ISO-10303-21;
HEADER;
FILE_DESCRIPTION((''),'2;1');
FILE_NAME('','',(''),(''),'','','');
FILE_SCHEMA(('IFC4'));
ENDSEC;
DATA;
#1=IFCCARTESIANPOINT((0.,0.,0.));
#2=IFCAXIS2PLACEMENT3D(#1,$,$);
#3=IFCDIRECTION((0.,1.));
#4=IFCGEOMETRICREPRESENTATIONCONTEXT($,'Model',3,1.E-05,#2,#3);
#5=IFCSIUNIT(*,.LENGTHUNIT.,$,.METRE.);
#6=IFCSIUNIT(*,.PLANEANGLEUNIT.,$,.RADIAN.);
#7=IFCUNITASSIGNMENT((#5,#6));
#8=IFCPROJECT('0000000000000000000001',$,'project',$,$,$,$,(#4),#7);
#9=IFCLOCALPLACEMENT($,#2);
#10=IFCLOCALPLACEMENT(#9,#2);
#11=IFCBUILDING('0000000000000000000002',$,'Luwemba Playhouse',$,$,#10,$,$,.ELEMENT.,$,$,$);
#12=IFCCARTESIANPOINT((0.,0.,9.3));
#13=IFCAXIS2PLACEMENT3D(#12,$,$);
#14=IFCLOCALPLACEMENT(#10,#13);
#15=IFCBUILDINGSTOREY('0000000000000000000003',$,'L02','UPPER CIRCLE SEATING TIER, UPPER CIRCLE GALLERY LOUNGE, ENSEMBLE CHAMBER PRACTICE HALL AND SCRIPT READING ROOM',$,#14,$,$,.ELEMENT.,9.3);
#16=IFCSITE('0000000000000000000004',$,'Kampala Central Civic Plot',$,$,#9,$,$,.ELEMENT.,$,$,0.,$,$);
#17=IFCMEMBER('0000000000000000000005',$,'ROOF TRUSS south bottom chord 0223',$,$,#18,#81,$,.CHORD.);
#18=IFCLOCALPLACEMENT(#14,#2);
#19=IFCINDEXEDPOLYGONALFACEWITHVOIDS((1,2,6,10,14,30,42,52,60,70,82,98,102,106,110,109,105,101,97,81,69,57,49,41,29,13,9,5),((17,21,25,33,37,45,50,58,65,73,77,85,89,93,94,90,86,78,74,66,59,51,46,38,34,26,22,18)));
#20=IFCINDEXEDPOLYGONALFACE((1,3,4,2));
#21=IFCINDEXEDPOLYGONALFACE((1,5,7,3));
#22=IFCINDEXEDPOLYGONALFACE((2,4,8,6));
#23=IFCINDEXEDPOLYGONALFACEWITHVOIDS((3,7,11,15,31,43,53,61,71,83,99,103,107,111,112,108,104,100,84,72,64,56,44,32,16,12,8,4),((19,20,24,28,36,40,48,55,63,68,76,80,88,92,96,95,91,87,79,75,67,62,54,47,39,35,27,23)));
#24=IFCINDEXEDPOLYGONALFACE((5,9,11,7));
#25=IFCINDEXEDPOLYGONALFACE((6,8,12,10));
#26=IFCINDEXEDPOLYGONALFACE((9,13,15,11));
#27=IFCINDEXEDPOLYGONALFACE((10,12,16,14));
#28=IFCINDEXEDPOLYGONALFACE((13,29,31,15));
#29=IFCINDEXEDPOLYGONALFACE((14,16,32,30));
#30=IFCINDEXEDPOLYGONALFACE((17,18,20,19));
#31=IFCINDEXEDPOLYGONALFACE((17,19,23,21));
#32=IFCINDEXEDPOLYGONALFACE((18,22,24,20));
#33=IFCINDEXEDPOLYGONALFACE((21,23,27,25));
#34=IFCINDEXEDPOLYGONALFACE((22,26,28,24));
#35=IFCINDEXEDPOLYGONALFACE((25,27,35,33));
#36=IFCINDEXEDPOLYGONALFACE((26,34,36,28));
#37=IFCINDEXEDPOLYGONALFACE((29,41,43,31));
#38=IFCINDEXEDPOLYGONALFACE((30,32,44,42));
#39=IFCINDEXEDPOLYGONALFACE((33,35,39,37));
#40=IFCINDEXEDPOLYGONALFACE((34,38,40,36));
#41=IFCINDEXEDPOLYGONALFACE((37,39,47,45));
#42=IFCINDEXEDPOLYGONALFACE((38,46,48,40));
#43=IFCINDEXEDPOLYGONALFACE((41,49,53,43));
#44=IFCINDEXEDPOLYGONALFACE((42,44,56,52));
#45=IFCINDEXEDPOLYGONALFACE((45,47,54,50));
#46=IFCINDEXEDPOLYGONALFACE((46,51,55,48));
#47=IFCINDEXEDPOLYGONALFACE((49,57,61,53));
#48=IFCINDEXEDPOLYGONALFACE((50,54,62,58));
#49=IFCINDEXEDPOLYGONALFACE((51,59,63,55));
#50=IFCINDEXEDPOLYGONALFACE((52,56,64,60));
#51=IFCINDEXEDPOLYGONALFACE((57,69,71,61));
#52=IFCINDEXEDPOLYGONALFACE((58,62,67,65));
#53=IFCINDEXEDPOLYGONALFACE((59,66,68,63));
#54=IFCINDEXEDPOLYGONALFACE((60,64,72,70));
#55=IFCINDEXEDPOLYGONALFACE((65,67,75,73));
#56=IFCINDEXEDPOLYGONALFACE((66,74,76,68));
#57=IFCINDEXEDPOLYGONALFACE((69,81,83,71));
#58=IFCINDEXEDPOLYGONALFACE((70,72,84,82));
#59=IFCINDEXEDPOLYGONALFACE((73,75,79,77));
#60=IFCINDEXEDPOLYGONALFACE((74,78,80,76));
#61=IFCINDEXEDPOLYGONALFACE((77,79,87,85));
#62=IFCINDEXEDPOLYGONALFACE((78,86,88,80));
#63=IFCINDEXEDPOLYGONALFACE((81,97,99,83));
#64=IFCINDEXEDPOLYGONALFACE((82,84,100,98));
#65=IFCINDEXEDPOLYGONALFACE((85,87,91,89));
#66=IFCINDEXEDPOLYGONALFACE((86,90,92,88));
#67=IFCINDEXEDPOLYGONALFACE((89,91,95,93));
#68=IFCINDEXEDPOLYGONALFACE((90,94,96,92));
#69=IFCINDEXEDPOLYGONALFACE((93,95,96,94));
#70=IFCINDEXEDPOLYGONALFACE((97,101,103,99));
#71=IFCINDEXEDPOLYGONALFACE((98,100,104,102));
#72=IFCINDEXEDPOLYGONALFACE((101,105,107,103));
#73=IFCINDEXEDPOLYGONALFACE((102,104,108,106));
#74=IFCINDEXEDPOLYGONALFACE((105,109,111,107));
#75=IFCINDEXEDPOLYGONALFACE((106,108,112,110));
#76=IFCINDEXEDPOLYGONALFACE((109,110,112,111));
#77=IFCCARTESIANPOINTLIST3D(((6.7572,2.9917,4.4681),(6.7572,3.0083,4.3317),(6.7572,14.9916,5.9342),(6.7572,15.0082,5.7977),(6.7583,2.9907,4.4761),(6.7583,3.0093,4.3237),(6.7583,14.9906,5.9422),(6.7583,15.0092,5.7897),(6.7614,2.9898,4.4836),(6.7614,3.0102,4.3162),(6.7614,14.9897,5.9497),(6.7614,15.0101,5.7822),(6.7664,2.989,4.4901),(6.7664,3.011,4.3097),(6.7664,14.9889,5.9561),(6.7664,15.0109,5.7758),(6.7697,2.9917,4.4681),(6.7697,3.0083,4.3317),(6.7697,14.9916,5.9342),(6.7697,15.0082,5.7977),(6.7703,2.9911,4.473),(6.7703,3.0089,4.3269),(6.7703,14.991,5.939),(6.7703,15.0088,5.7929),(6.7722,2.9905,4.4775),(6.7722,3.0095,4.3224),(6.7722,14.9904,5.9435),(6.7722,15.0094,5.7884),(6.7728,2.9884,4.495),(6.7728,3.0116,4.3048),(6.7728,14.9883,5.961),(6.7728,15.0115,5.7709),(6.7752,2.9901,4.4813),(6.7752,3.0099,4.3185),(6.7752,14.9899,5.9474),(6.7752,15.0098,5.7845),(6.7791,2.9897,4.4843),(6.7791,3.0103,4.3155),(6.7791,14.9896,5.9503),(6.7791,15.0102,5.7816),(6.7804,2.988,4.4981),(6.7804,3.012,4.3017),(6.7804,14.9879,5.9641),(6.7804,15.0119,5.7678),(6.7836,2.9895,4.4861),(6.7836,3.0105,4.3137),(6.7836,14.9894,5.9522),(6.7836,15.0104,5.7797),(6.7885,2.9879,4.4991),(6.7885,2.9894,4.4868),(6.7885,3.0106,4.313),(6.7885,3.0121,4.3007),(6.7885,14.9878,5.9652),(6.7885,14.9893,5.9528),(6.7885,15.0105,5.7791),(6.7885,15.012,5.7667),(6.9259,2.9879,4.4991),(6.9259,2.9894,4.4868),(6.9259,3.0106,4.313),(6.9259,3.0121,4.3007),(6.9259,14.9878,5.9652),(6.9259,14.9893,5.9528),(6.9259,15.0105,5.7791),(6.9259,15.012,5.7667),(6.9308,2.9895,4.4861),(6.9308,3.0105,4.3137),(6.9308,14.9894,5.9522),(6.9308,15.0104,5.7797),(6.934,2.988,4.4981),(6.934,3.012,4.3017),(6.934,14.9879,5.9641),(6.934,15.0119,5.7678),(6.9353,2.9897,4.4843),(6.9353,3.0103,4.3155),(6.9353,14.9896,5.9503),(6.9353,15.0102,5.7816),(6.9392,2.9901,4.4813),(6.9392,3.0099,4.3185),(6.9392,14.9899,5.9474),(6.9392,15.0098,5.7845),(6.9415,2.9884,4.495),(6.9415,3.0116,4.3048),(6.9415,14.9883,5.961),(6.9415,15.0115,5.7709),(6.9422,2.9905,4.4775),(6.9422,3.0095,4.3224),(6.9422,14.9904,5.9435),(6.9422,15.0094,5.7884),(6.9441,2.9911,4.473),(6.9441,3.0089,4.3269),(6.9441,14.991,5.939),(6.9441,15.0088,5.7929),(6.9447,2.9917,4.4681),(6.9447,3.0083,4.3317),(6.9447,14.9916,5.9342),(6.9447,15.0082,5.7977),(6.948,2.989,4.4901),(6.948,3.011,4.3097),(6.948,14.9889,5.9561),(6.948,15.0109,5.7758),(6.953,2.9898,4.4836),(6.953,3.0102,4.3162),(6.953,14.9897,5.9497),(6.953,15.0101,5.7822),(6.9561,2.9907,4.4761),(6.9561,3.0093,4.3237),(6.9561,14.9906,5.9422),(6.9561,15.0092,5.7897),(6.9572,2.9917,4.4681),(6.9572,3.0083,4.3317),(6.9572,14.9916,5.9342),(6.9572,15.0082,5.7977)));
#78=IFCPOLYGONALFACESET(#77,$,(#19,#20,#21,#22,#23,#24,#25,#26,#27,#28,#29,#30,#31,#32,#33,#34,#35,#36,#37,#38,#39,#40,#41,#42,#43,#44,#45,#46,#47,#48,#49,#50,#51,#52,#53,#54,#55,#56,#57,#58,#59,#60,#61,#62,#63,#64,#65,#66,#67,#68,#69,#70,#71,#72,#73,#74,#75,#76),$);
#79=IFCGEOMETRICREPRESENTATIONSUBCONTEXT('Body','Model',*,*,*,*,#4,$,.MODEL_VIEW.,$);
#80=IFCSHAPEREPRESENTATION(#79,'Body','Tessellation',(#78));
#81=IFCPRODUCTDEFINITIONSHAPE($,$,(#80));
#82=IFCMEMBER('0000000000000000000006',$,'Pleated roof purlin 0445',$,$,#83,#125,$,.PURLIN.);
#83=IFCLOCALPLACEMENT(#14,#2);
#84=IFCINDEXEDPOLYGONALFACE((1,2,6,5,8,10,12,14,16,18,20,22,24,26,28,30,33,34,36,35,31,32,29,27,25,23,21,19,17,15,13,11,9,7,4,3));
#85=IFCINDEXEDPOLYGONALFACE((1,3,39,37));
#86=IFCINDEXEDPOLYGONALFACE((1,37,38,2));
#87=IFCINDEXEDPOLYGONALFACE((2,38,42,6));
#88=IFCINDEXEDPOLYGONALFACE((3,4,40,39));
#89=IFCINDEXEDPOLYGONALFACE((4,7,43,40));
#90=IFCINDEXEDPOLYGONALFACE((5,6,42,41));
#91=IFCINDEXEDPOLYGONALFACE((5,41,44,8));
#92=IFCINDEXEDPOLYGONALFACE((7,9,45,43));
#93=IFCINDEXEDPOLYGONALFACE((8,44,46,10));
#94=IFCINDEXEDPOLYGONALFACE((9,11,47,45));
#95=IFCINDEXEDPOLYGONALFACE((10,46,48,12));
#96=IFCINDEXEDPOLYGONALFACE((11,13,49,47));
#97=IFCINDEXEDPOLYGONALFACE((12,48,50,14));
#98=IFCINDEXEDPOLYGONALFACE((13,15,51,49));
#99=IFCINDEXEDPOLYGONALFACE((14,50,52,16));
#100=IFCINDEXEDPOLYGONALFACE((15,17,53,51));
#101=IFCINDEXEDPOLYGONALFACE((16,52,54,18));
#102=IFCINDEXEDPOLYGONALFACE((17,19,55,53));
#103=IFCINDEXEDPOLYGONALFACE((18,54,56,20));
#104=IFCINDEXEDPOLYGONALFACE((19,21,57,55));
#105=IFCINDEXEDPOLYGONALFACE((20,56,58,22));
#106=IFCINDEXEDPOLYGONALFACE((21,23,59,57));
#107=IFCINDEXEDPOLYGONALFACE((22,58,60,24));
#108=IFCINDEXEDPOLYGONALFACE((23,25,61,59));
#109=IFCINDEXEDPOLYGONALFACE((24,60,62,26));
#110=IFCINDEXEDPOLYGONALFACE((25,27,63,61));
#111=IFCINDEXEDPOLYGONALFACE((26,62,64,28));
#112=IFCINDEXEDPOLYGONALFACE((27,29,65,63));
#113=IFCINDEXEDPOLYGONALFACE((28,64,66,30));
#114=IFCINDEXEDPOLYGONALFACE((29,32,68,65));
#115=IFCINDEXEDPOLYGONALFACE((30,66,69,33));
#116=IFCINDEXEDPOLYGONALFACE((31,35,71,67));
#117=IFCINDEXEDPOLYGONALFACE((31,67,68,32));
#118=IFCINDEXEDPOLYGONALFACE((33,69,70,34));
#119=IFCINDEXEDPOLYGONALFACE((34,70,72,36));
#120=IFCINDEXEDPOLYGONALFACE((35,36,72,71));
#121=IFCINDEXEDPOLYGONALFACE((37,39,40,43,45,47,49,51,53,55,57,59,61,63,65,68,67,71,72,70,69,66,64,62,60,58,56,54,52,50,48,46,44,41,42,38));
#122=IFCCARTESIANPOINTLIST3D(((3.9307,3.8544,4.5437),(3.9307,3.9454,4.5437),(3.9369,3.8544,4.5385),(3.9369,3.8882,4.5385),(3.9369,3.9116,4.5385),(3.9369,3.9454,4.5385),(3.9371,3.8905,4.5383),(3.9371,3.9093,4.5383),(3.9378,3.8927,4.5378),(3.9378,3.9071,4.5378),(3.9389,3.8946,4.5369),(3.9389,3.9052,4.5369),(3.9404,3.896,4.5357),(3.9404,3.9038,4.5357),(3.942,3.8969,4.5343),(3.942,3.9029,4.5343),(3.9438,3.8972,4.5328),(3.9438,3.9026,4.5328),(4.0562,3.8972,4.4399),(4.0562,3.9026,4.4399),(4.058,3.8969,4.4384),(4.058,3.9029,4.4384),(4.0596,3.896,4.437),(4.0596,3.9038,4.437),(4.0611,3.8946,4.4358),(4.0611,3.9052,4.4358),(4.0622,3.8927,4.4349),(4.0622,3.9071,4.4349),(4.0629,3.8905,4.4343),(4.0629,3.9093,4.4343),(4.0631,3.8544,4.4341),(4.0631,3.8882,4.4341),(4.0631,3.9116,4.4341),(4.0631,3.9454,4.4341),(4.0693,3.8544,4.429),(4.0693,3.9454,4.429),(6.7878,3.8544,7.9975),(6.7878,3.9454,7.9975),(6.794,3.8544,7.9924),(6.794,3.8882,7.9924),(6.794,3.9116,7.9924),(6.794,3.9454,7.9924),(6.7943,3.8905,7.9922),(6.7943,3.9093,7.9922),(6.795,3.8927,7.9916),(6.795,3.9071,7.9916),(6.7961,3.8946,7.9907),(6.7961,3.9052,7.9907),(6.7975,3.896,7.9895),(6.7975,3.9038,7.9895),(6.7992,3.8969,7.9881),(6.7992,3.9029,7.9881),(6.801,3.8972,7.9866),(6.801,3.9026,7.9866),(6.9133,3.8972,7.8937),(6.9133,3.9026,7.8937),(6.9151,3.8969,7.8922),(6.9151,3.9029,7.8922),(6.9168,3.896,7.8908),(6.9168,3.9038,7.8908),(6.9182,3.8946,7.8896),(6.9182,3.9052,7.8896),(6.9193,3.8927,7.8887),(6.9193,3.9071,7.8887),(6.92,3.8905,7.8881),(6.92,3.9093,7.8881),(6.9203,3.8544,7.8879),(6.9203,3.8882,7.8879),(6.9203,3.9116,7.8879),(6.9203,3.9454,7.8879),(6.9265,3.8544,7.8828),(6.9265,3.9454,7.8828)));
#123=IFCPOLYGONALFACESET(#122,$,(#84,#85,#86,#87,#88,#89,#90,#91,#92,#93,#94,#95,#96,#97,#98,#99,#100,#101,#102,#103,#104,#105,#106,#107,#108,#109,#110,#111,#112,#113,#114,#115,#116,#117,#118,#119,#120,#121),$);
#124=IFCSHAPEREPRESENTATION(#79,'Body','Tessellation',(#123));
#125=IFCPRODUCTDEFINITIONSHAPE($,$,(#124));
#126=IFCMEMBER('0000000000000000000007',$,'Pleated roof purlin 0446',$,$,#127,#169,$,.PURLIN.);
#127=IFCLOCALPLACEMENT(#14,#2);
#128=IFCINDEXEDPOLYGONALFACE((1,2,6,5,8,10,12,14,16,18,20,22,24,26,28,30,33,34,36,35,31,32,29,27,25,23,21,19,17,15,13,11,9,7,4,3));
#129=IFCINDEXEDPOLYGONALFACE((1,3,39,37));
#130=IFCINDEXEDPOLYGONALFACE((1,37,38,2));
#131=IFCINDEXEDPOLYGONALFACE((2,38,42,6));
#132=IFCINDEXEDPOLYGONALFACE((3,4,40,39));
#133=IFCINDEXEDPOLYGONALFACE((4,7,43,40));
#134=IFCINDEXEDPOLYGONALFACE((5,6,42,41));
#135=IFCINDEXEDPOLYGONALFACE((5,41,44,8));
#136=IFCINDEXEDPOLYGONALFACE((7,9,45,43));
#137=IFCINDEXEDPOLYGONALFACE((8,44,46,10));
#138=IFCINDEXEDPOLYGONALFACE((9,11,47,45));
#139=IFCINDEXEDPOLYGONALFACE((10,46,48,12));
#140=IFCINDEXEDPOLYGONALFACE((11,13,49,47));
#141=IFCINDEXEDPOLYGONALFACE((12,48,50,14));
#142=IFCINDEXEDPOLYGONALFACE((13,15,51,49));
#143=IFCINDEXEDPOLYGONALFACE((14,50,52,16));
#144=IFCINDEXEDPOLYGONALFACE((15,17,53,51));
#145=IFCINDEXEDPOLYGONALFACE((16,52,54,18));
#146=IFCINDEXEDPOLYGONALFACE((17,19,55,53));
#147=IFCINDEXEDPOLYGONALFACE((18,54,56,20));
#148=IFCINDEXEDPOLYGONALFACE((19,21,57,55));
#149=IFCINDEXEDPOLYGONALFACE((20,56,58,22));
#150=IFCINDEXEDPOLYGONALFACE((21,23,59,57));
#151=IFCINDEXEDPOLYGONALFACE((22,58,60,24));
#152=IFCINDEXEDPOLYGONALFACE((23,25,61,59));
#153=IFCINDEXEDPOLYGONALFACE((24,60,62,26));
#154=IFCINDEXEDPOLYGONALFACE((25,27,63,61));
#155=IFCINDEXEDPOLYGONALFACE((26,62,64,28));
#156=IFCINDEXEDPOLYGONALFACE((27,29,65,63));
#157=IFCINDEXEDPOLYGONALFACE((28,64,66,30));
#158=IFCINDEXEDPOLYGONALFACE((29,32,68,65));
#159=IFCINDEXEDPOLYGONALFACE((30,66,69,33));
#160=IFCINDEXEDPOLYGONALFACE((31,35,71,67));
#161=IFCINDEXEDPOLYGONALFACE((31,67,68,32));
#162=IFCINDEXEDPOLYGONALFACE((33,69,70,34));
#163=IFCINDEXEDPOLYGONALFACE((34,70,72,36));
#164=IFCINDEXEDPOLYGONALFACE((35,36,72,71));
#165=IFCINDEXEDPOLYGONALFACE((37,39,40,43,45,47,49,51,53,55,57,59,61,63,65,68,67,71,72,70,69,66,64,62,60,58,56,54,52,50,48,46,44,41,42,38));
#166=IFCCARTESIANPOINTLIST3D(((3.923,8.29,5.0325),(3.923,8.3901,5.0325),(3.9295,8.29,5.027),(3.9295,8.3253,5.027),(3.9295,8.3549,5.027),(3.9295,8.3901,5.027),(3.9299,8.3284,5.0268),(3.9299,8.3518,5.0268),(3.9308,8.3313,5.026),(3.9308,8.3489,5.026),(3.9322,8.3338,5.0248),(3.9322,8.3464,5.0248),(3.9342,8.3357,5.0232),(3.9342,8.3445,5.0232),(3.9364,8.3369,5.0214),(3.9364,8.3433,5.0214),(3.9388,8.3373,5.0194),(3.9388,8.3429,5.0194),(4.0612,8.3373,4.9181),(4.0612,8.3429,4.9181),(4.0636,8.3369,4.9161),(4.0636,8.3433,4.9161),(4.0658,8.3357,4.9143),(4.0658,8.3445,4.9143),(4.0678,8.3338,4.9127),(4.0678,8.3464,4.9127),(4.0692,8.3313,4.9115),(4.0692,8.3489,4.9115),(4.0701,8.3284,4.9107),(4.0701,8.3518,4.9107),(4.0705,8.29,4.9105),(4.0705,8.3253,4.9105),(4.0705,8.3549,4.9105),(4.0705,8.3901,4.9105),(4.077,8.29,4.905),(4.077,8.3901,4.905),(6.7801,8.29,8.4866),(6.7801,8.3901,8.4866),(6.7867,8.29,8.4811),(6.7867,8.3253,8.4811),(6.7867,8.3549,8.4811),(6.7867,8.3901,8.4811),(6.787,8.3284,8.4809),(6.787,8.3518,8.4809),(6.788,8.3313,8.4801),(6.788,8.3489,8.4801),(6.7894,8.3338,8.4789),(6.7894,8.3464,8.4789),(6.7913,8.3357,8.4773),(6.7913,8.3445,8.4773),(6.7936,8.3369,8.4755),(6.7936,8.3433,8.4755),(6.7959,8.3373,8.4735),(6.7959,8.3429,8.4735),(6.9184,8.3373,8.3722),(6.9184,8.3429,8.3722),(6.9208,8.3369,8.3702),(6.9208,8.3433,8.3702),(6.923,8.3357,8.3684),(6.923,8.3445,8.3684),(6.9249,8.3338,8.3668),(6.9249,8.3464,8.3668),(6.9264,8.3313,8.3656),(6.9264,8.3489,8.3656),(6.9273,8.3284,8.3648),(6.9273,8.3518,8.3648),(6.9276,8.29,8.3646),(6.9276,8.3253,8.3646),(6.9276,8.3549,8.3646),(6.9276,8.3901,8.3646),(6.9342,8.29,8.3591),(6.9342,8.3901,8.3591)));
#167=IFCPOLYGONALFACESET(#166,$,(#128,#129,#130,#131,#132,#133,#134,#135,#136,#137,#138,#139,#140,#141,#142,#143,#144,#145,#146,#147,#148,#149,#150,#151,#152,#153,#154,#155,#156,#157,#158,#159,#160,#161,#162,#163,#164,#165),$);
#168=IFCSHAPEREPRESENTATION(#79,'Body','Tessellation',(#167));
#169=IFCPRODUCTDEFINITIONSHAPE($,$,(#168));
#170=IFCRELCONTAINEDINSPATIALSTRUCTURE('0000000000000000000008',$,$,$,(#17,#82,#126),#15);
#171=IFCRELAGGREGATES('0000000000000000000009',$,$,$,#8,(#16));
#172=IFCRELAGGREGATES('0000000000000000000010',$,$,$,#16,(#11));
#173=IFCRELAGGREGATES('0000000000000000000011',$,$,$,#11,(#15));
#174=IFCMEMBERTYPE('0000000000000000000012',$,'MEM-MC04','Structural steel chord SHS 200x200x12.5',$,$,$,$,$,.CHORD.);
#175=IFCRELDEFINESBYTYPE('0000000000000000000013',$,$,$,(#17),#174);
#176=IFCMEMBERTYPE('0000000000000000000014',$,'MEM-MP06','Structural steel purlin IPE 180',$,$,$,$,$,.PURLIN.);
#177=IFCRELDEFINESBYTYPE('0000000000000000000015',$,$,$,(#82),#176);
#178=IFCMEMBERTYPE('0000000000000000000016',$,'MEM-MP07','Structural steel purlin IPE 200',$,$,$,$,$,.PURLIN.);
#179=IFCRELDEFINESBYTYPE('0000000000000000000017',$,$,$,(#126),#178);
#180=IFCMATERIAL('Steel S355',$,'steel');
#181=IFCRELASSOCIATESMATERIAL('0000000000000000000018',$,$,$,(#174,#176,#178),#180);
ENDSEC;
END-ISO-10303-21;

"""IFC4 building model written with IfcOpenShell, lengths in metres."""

from ifc_helpers import new_model, si_unit, direction, frame, origin, origin_2d, place, context, subcontext, project, spatial, hollow_rectangle, i_section, extrude, material, material_profile, profile_set, type_object, element, save


model = new_model("IFC4")

# Units and contexts
model_context = context("Model", 3, precision=1e-05, world=origin(), true_north=direction((0.0, 1.0)))
body_context = subcontext(model_context, "Body", "Model", "MODEL_VIEW")
ifc_project = project(units=[si_unit("LENGTHUNIT", "METRE"), si_unit("PLANEANGLEUNIT", "RADIAN")], contexts=[model_context])

# Site, building, storey
site_placement = place(None, origin())
site = spatial("IfcSite", under=ifc_project, at=site_placement, Name="Kampala Central Civic Plot", CompositionType="ELEMENT", RefElevation=0.0)
building_placement = place(site_placement, origin())
building = spatial("IfcBuilding", under=site, at=building_placement, Name="Luwemba Playhouse", CompositionType="ELEMENT")
storey_placement = place(building_placement, frame((0.0, 0.0, 9.3)))
storey = spatial("IfcBuildingStorey", under=building, at=storey_placement, Name="L02", Description="UPPER CIRCLE SEATING TIER, UPPER CIRCLE GALLERY LOUNGE, ENSEMBLE CHAMBER PRACTICE HALL AND SCRIPT READING ROOM", CompositionType="ELEMENT", Elevation=9.3)

# Shared definitions
ifc_material_1 = material(Name="Steel S355", Category="steel")

# Members
ifc_material_profile_1 = material_profile(ifc_material_1, hollow_rectangle(XDim=0.2, YDim=0.2, WallThickness=0.0125, InnerFilletRadius=0.0188, OuterFilletRadius=0.0312, at=origin_2d()))
ifc_profile_set_1 = profile_set([ifc_material_profile_1], Name="Steel S355")
member_type_1 = type_object("IfcMemberType", Name="MEM-MC04", Description="Structural steel chord SHS 200x200x12.5", PredefinedType="CHORD", material=ifc_profile_set_1)
member_1_placement = place(storey_placement, frame((6.8572, 3.0, 4.3999), z_axis=(0.0, 0.99262, 0.12127), x_axis=(-1.0, 0.0, 0.0)))
element("IfcMember", 1, at=member_1_placement, inside=storey, type_object=member_type_1, Name="ROOF TRUSS south bottom chord 0223", PredefinedType="CHORD", context=body_context, shape_type="SweptSolid", body=[
    extrude(hollow_rectangle(XDim=0.2, YDim=0.2, WallThickness=0.0125, InnerFilletRadius=0.0188, OuterFilletRadius=0.0312, at=origin_2d()), origin(), (0.0, 0.0, 1.0), 12.0891),
])
ifc_material_profile_2 = material_profile(ifc_material_1, i_section(OverallWidth=0.0911, OverallDepth=0.1799, WebThickness=0.0054, FlangeThickness=0.0081, FilletRadius=0.009, at=origin_2d()))
ifc_profile_set_2 = profile_set([ifc_material_profile_2], Name="Steel S355")
member_type_2 = type_object("IfcMemberType", Name="MEM-MP06", Description="Structural steel purlin IPE 180", PredefinedType="PURLIN", material=ifc_profile_set_2)
member_2_placement = place(storey_placement, frame((4.0, 3.8999, 4.4863), z_axis=(0.637411, 0.0, 0.770524), x_axis=(0.0, 1.0, 0.0)))
element("IfcMember", 2, at=member_2_placement, inside=storey, type_object=member_type_2, Name="Pleated roof purlin 0445", PredefinedType="PURLIN", context=body_context, shape_type="SweptSolid", body=[
    extrude(i_section(OverallWidth=0.0911, OverallDepth=0.1799, WebThickness=0.0054, FlangeThickness=0.0081, FilletRadius=0.009, at=origin_2d()), origin(), (0.0, 0.0, 1.0), 4.4824),
])
ifc_material_profile_3 = material_profile(ifc_material_1, i_section(OverallWidth=0.1001, OverallDepth=0.2, WebThickness=0.0056, FlangeThickness=0.0085, FilletRadius=0.012, at=origin_2d()))
ifc_profile_set_3 = profile_set([ifc_material_profile_3], Name="Steel S355")
member_type_3 = type_object("IfcMemberType", Name="MEM-MP07", Description="Structural steel purlin IPE 200", PredefinedType="PURLIN", material=ifc_profile_set_3)
member_3_placement = place(storey_placement, frame((4.0, 8.3401, 4.9688), z_axis=(0.637384, 0.0, 0.770547), x_axis=(0.0, 1.0, 0.0)))
element("IfcMember", 3, at=member_3_placement, inside=storey, type_object=member_type_3, Name="Pleated roof purlin 0446", PredefinedType="PURLIN", context=body_context, shape_type="SweptSolid", body=[
    extrude(i_section(OverallWidth=0.1001, OverallDepth=0.2, WebThickness=0.0056, FlangeThickness=0.0085, FilletRadius=0.012, at=origin_2d()), origin(), (0.0, 0.0, 1.0), 4.4827),
])

save(model, "model.ifc")
